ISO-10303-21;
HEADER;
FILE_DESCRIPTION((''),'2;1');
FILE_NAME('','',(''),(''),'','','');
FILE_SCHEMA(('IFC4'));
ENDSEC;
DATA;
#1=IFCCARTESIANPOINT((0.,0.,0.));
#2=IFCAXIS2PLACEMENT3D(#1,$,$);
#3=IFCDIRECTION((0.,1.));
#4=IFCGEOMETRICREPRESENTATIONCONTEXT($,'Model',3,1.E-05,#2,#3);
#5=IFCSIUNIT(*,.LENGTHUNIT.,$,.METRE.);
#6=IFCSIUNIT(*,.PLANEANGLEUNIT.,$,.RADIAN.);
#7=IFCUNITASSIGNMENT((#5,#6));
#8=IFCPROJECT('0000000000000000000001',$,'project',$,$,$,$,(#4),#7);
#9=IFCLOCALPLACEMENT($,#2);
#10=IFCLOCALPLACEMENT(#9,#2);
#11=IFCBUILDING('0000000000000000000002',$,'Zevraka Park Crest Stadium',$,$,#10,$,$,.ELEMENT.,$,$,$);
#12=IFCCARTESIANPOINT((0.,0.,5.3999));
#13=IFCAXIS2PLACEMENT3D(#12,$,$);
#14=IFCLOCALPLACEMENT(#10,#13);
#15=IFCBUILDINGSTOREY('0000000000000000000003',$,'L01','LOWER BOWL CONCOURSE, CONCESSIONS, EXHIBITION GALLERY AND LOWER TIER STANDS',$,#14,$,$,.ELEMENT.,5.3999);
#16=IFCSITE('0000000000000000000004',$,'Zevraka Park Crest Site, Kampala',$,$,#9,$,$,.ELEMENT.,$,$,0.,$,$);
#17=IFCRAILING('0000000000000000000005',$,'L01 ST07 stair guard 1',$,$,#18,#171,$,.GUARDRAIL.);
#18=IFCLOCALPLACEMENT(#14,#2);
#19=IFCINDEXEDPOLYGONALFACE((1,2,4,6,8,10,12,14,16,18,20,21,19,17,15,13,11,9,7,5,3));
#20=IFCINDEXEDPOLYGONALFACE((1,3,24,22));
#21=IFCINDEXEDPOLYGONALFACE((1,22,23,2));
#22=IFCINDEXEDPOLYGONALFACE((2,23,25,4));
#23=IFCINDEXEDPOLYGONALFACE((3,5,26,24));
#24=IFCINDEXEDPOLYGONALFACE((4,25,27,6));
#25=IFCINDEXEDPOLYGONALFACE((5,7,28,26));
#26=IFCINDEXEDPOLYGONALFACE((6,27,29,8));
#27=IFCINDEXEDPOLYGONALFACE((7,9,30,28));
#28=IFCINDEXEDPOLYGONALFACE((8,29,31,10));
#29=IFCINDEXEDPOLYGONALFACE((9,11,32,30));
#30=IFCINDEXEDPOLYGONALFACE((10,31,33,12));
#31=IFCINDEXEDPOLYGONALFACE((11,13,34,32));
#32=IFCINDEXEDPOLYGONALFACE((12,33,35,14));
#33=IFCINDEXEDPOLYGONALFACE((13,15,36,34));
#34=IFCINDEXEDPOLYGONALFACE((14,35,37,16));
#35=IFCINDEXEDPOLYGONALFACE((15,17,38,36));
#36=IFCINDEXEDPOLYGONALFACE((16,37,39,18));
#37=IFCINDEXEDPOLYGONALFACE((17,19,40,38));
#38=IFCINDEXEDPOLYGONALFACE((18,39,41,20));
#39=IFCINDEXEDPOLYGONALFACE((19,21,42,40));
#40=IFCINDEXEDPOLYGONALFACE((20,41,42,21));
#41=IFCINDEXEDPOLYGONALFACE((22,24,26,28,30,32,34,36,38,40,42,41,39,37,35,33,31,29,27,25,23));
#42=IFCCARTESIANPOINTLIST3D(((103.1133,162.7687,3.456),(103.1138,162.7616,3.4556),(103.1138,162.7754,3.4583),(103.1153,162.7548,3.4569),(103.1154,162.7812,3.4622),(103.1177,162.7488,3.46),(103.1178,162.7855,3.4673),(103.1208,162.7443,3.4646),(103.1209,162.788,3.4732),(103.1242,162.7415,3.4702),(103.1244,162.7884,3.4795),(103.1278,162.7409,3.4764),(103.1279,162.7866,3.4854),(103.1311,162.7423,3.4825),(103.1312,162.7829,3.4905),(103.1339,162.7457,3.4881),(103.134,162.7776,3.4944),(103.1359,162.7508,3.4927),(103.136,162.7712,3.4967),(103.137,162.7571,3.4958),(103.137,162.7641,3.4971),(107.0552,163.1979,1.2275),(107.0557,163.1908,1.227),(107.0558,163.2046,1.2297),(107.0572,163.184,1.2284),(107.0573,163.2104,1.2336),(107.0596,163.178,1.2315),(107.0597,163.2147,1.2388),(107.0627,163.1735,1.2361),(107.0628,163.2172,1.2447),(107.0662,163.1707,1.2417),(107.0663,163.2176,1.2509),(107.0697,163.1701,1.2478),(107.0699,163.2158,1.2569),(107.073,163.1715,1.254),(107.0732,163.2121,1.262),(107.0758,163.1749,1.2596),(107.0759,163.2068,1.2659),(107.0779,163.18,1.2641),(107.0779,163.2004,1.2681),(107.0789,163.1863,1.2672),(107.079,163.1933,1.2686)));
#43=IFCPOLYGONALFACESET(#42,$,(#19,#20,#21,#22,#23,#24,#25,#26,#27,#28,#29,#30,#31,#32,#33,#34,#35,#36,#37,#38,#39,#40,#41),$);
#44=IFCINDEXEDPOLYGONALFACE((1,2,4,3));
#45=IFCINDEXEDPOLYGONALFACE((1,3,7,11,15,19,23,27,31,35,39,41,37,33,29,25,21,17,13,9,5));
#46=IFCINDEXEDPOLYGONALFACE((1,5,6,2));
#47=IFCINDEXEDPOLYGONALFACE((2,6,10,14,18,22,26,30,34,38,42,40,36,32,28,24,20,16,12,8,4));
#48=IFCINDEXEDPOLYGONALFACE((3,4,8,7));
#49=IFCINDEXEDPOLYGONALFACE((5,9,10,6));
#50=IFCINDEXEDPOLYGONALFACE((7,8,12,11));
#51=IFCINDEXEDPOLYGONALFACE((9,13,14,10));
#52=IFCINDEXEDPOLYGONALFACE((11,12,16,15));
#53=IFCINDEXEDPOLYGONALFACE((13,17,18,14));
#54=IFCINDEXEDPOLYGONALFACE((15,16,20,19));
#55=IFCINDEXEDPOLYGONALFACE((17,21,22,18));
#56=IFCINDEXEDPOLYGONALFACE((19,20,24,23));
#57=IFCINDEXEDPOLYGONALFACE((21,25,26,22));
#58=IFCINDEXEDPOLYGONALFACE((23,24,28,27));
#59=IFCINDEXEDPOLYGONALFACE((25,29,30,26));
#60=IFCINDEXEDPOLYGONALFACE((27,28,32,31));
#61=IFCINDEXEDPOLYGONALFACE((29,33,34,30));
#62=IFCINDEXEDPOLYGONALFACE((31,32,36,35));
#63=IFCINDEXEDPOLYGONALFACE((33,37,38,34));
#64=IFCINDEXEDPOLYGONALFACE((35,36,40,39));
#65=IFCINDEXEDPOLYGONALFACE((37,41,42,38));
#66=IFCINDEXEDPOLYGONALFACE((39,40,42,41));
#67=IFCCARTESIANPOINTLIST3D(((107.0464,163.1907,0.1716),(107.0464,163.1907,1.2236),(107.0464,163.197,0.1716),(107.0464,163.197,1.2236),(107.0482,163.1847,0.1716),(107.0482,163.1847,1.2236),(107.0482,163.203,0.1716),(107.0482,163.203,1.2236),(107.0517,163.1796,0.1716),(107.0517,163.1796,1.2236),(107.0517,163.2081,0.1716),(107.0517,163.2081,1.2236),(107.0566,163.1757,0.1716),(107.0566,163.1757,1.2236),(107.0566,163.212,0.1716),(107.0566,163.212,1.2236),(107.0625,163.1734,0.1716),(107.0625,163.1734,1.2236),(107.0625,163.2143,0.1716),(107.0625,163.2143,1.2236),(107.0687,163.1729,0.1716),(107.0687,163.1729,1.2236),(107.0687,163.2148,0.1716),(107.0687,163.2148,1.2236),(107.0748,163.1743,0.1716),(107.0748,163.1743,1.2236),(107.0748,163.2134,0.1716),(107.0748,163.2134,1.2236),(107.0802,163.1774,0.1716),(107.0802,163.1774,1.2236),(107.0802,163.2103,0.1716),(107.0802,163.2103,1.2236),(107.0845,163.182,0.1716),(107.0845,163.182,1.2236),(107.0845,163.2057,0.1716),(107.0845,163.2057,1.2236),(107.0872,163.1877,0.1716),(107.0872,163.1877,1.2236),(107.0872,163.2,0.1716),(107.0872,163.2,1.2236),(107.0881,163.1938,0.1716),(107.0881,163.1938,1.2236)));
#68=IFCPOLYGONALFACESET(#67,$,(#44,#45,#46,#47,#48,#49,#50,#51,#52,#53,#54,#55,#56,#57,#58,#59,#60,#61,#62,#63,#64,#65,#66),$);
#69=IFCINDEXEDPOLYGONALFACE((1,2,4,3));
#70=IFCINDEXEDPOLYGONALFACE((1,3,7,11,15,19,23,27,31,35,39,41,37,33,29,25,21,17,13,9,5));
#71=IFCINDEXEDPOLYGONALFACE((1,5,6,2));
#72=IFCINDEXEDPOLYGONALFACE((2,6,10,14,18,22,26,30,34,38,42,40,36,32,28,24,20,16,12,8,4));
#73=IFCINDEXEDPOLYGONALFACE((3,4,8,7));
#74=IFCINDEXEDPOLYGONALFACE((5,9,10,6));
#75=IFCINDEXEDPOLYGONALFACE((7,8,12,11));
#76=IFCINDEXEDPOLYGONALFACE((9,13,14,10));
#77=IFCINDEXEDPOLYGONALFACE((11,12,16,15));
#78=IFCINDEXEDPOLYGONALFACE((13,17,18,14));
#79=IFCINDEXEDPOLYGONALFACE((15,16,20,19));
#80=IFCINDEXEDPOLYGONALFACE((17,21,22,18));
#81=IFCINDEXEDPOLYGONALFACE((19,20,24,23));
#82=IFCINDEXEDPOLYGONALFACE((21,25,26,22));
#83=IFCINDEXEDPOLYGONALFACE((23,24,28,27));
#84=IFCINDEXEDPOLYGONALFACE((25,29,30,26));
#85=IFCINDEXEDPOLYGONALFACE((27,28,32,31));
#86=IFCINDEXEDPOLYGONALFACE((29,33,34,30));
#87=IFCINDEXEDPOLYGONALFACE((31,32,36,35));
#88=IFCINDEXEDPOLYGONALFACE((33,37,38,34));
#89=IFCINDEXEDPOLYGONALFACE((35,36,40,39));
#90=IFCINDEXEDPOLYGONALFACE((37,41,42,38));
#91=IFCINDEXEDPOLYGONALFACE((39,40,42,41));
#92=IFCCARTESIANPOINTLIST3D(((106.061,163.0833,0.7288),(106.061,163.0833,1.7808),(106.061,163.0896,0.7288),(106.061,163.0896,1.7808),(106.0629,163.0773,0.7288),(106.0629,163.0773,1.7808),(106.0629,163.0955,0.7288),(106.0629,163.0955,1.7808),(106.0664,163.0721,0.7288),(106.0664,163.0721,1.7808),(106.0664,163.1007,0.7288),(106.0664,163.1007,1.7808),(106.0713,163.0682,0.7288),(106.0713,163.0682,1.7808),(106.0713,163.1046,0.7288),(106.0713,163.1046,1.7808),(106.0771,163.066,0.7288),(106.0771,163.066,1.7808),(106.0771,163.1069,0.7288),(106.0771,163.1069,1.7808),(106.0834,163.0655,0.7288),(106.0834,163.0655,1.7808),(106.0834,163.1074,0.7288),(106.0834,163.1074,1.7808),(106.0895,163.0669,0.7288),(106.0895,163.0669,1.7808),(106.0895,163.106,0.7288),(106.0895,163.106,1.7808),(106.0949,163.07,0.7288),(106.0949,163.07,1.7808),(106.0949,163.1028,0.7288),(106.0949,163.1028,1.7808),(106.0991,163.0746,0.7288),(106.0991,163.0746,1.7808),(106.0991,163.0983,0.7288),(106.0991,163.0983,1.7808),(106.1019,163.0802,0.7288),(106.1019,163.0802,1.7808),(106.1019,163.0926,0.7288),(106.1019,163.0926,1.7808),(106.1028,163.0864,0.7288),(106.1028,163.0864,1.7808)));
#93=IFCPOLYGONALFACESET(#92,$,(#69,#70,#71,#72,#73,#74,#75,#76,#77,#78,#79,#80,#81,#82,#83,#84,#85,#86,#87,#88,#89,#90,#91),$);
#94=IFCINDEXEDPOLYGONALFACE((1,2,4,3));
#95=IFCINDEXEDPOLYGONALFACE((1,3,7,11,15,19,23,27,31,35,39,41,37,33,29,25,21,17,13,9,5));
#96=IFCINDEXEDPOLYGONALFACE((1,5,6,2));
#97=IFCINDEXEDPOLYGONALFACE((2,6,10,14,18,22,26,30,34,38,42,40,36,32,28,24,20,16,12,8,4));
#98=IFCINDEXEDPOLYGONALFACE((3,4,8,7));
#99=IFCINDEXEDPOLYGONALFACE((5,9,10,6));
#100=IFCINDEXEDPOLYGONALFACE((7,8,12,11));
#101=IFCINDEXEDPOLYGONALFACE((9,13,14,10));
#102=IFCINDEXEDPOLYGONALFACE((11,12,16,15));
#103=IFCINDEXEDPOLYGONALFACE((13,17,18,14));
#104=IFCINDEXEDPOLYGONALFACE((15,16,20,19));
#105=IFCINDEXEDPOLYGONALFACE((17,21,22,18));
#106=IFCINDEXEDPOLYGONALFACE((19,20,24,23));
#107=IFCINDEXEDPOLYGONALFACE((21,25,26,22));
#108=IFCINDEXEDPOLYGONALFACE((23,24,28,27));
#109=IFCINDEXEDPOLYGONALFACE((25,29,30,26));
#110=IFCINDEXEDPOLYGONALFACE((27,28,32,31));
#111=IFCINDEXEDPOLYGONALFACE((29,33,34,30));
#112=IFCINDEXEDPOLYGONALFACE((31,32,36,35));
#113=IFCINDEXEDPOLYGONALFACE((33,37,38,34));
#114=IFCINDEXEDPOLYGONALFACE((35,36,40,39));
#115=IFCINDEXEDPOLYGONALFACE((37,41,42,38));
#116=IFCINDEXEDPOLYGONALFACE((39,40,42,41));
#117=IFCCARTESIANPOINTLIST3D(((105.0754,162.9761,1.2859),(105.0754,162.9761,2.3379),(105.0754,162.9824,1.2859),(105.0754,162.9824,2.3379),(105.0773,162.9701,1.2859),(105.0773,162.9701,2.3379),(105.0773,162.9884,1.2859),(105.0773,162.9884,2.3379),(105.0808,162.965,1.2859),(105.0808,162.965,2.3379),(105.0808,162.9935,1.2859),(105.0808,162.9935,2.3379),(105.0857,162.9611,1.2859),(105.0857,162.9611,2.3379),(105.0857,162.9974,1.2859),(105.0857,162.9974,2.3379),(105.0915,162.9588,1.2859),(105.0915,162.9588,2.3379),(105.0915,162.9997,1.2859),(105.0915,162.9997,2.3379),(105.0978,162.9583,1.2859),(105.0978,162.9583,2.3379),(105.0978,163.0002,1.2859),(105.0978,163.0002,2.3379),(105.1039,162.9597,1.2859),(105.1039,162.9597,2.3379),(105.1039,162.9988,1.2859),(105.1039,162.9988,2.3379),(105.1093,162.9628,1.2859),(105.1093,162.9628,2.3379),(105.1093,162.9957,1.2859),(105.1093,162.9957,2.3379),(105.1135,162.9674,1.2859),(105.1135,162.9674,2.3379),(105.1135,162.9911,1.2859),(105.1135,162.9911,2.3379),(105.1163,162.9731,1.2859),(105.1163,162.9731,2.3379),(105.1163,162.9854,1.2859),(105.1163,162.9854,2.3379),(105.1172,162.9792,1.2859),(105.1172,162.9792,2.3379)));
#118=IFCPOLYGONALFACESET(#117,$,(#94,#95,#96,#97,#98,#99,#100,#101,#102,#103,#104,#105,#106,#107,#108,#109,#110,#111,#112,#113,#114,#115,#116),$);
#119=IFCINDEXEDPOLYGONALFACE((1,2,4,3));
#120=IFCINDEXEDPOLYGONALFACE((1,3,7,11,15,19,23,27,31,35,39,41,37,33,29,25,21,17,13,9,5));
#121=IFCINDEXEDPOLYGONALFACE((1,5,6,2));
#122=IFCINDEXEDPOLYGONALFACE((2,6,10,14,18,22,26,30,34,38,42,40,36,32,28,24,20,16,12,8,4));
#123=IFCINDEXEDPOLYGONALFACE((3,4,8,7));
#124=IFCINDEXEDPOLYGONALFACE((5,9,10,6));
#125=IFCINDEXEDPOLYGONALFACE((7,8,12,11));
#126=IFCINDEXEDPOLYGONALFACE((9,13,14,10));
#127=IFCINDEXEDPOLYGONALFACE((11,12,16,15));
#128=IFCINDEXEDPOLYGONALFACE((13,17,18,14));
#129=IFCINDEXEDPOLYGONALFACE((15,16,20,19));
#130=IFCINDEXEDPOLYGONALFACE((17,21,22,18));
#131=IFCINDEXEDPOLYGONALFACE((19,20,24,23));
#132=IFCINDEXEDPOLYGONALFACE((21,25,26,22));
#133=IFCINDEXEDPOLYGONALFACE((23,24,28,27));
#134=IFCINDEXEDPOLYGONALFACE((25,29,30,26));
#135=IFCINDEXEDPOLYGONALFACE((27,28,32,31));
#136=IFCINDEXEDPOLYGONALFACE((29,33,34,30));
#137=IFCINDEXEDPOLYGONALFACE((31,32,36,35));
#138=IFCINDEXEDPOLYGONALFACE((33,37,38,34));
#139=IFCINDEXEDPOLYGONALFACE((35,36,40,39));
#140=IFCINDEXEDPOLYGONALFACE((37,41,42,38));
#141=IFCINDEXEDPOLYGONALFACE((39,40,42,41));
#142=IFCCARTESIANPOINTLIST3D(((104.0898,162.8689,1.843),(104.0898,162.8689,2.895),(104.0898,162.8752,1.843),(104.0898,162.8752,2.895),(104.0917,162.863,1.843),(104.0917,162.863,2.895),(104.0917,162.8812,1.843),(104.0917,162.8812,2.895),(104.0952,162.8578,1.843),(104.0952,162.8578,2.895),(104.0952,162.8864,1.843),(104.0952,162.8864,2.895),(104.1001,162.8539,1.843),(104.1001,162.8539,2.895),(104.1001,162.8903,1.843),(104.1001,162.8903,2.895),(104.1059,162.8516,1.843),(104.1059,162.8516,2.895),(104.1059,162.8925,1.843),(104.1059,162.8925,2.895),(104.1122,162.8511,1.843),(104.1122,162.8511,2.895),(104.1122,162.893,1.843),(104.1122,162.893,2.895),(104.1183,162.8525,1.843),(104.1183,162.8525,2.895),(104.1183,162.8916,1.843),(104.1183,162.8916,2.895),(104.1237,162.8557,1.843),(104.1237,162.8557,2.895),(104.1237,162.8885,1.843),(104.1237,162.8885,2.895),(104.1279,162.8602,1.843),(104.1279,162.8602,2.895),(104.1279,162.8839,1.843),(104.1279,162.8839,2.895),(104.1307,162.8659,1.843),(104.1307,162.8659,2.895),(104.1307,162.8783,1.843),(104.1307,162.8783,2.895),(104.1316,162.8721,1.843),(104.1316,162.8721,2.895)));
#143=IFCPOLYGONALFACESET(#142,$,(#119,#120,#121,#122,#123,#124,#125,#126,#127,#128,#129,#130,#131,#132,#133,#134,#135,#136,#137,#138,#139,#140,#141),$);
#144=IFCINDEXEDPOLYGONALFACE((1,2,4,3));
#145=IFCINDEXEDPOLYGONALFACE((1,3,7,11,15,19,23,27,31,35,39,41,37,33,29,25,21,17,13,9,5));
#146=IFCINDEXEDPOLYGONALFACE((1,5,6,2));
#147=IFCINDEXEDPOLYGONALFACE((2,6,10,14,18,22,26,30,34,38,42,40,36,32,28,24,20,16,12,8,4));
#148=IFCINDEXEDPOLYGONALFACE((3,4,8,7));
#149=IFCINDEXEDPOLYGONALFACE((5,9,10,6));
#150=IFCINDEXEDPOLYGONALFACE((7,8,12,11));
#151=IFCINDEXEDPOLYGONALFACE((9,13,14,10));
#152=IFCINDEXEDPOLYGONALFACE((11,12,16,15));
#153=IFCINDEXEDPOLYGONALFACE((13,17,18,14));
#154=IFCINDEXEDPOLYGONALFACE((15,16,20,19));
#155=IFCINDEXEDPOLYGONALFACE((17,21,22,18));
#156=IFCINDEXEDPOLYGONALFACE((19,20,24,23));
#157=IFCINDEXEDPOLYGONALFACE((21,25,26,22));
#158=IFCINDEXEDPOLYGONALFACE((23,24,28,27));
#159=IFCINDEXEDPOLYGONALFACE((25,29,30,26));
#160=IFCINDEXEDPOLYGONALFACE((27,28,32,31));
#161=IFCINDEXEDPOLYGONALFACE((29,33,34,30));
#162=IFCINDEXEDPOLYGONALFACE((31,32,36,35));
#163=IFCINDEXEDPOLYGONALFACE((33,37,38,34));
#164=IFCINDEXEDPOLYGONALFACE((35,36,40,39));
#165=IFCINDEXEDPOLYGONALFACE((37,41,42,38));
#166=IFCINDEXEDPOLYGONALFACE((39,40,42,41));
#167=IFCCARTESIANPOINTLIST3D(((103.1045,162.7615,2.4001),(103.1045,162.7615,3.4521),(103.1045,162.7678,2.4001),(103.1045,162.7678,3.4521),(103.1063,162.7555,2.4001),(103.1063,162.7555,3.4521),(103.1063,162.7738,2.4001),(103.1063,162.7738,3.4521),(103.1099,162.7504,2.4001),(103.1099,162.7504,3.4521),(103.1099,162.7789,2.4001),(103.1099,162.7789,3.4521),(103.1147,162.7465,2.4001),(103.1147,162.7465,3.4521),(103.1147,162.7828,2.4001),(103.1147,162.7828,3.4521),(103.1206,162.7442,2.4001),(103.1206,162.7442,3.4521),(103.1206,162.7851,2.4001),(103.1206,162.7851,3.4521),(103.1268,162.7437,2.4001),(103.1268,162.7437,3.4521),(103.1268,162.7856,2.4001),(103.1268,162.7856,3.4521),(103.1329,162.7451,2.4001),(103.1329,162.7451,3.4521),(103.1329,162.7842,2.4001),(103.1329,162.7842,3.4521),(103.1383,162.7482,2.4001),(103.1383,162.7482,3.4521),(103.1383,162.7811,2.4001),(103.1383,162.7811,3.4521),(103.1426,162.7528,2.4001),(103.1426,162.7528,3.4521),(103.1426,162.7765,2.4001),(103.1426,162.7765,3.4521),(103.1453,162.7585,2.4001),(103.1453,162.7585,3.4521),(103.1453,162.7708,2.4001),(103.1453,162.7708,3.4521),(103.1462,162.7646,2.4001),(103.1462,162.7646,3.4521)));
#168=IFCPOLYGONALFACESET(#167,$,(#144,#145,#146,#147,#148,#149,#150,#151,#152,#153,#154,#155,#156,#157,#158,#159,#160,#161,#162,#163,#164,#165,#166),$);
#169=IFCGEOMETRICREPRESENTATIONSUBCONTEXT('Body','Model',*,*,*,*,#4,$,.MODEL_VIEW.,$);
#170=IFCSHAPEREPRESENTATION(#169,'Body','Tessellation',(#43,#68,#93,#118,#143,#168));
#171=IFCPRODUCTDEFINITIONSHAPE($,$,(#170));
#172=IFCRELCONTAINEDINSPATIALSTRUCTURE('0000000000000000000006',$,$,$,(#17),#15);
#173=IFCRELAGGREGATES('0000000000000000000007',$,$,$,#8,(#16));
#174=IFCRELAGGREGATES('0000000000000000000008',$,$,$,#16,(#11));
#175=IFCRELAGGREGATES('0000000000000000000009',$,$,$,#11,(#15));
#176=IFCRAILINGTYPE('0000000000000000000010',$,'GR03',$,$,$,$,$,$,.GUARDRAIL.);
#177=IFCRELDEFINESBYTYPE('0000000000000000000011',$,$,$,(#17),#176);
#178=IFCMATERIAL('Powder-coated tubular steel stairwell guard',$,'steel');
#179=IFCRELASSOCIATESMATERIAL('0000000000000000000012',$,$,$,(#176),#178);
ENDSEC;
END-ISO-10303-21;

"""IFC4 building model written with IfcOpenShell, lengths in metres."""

from ifc_helpers import new_model, si_unit, direction, frame, origin, origin_2d, place, context, subcontext, project, spatial, circle, extrude, material, type_object, element, save


model = new_model("IFC4")

# Units and contexts
model_context = context("Model", 3, precision=1e-05, world=origin(), true_north=direction((0.0, 1.0)))
body_context = subcontext(model_context, "Body", "Model", "MODEL_VIEW")
ifc_project = project(units=[si_unit("LENGTHUNIT", "METRE"), si_unit("PLANEANGLEUNIT", "RADIAN")], contexts=[model_context])

# Site, building, storey
site_placement = place(None, origin())
site = spatial("IfcSite", under=ifc_project, at=site_placement, Name="Zevraka Park Crest Site, Kampala", CompositionType="ELEMENT", RefElevation=0.0)
building_placement = place(site_placement, origin())
building = spatial("IfcBuilding", under=site, at=building_placement, Name="Zevraka Park Crest Stadium", CompositionType="ELEMENT")
storey_placement = place(building_placement, frame((0.0, 0.0, 5.3999)))
storey = spatial("IfcBuildingStorey", under=building, at=storey_placement, Name="L01", Description="LOWER BOWL CONCOURSE, CONCESSIONS, EXHIBITION GALLERY AND LOWER TIER STANDS", CompositionType="ELEMENT", Elevation=5.3999)

# Railing
ifc_material_1 = material(Name="Powder-coated tubular steel stairwell guard", Category="steel")
railing_type_1 = type_object("IfcRailingType", Name="GR03", PredefinedType="GUARDRAIL", material=ifc_material_1)
railing_1_placement = place(storey_placement, frame((107.0671, 163.1938, 0.1716)))
element("IfcRailing", 1, at=railing_1_placement, inside=storey, type_object=railing_type_1, Name="L01 ST07 stair guard 1", PredefinedType="GUARDRAIL", context=body_context, shape_type="SweptSolid", body=[
    extrude(circle(Radius=0.0239, at=origin_2d()), frame((0.0, 0.0, 1.0762), z_axis=(-0.866633, -0.09436, 0.489943), x_axis=(0.108242, -0.994125, 0.0)), (0.0, 0.0, 1.0), 4.5486),
    extrude(circle(Radius=0.021, at=origin_2d()), origin(), (0.0, 0.0, 1.0), 1.052),
    extrude(circle(Radius=0.021, at=origin_2d()), frame((-0.9854, -0.1074, 0.5571)), (0.0, 0.0, 1.0), 1.052),
    extrude(circle(Radius=0.021, at=origin_2d()), frame((-1.9709, -0.2146, 1.1143)), (0.0, 0.0, 1.0), 1.052),
    extrude(circle(Radius=0.021, at=origin_2d()), frame((-2.9565, -0.3218, 1.6714)), (0.0, 0.0, 1.0), 1.052),
    extrude(circle(Radius=0.021, at=origin_2d()), frame((-3.9419, -0.4292, 2.2285)), (0.0, 0.0, 1.0), 1.052),
])

save(model, "model.ifc")
